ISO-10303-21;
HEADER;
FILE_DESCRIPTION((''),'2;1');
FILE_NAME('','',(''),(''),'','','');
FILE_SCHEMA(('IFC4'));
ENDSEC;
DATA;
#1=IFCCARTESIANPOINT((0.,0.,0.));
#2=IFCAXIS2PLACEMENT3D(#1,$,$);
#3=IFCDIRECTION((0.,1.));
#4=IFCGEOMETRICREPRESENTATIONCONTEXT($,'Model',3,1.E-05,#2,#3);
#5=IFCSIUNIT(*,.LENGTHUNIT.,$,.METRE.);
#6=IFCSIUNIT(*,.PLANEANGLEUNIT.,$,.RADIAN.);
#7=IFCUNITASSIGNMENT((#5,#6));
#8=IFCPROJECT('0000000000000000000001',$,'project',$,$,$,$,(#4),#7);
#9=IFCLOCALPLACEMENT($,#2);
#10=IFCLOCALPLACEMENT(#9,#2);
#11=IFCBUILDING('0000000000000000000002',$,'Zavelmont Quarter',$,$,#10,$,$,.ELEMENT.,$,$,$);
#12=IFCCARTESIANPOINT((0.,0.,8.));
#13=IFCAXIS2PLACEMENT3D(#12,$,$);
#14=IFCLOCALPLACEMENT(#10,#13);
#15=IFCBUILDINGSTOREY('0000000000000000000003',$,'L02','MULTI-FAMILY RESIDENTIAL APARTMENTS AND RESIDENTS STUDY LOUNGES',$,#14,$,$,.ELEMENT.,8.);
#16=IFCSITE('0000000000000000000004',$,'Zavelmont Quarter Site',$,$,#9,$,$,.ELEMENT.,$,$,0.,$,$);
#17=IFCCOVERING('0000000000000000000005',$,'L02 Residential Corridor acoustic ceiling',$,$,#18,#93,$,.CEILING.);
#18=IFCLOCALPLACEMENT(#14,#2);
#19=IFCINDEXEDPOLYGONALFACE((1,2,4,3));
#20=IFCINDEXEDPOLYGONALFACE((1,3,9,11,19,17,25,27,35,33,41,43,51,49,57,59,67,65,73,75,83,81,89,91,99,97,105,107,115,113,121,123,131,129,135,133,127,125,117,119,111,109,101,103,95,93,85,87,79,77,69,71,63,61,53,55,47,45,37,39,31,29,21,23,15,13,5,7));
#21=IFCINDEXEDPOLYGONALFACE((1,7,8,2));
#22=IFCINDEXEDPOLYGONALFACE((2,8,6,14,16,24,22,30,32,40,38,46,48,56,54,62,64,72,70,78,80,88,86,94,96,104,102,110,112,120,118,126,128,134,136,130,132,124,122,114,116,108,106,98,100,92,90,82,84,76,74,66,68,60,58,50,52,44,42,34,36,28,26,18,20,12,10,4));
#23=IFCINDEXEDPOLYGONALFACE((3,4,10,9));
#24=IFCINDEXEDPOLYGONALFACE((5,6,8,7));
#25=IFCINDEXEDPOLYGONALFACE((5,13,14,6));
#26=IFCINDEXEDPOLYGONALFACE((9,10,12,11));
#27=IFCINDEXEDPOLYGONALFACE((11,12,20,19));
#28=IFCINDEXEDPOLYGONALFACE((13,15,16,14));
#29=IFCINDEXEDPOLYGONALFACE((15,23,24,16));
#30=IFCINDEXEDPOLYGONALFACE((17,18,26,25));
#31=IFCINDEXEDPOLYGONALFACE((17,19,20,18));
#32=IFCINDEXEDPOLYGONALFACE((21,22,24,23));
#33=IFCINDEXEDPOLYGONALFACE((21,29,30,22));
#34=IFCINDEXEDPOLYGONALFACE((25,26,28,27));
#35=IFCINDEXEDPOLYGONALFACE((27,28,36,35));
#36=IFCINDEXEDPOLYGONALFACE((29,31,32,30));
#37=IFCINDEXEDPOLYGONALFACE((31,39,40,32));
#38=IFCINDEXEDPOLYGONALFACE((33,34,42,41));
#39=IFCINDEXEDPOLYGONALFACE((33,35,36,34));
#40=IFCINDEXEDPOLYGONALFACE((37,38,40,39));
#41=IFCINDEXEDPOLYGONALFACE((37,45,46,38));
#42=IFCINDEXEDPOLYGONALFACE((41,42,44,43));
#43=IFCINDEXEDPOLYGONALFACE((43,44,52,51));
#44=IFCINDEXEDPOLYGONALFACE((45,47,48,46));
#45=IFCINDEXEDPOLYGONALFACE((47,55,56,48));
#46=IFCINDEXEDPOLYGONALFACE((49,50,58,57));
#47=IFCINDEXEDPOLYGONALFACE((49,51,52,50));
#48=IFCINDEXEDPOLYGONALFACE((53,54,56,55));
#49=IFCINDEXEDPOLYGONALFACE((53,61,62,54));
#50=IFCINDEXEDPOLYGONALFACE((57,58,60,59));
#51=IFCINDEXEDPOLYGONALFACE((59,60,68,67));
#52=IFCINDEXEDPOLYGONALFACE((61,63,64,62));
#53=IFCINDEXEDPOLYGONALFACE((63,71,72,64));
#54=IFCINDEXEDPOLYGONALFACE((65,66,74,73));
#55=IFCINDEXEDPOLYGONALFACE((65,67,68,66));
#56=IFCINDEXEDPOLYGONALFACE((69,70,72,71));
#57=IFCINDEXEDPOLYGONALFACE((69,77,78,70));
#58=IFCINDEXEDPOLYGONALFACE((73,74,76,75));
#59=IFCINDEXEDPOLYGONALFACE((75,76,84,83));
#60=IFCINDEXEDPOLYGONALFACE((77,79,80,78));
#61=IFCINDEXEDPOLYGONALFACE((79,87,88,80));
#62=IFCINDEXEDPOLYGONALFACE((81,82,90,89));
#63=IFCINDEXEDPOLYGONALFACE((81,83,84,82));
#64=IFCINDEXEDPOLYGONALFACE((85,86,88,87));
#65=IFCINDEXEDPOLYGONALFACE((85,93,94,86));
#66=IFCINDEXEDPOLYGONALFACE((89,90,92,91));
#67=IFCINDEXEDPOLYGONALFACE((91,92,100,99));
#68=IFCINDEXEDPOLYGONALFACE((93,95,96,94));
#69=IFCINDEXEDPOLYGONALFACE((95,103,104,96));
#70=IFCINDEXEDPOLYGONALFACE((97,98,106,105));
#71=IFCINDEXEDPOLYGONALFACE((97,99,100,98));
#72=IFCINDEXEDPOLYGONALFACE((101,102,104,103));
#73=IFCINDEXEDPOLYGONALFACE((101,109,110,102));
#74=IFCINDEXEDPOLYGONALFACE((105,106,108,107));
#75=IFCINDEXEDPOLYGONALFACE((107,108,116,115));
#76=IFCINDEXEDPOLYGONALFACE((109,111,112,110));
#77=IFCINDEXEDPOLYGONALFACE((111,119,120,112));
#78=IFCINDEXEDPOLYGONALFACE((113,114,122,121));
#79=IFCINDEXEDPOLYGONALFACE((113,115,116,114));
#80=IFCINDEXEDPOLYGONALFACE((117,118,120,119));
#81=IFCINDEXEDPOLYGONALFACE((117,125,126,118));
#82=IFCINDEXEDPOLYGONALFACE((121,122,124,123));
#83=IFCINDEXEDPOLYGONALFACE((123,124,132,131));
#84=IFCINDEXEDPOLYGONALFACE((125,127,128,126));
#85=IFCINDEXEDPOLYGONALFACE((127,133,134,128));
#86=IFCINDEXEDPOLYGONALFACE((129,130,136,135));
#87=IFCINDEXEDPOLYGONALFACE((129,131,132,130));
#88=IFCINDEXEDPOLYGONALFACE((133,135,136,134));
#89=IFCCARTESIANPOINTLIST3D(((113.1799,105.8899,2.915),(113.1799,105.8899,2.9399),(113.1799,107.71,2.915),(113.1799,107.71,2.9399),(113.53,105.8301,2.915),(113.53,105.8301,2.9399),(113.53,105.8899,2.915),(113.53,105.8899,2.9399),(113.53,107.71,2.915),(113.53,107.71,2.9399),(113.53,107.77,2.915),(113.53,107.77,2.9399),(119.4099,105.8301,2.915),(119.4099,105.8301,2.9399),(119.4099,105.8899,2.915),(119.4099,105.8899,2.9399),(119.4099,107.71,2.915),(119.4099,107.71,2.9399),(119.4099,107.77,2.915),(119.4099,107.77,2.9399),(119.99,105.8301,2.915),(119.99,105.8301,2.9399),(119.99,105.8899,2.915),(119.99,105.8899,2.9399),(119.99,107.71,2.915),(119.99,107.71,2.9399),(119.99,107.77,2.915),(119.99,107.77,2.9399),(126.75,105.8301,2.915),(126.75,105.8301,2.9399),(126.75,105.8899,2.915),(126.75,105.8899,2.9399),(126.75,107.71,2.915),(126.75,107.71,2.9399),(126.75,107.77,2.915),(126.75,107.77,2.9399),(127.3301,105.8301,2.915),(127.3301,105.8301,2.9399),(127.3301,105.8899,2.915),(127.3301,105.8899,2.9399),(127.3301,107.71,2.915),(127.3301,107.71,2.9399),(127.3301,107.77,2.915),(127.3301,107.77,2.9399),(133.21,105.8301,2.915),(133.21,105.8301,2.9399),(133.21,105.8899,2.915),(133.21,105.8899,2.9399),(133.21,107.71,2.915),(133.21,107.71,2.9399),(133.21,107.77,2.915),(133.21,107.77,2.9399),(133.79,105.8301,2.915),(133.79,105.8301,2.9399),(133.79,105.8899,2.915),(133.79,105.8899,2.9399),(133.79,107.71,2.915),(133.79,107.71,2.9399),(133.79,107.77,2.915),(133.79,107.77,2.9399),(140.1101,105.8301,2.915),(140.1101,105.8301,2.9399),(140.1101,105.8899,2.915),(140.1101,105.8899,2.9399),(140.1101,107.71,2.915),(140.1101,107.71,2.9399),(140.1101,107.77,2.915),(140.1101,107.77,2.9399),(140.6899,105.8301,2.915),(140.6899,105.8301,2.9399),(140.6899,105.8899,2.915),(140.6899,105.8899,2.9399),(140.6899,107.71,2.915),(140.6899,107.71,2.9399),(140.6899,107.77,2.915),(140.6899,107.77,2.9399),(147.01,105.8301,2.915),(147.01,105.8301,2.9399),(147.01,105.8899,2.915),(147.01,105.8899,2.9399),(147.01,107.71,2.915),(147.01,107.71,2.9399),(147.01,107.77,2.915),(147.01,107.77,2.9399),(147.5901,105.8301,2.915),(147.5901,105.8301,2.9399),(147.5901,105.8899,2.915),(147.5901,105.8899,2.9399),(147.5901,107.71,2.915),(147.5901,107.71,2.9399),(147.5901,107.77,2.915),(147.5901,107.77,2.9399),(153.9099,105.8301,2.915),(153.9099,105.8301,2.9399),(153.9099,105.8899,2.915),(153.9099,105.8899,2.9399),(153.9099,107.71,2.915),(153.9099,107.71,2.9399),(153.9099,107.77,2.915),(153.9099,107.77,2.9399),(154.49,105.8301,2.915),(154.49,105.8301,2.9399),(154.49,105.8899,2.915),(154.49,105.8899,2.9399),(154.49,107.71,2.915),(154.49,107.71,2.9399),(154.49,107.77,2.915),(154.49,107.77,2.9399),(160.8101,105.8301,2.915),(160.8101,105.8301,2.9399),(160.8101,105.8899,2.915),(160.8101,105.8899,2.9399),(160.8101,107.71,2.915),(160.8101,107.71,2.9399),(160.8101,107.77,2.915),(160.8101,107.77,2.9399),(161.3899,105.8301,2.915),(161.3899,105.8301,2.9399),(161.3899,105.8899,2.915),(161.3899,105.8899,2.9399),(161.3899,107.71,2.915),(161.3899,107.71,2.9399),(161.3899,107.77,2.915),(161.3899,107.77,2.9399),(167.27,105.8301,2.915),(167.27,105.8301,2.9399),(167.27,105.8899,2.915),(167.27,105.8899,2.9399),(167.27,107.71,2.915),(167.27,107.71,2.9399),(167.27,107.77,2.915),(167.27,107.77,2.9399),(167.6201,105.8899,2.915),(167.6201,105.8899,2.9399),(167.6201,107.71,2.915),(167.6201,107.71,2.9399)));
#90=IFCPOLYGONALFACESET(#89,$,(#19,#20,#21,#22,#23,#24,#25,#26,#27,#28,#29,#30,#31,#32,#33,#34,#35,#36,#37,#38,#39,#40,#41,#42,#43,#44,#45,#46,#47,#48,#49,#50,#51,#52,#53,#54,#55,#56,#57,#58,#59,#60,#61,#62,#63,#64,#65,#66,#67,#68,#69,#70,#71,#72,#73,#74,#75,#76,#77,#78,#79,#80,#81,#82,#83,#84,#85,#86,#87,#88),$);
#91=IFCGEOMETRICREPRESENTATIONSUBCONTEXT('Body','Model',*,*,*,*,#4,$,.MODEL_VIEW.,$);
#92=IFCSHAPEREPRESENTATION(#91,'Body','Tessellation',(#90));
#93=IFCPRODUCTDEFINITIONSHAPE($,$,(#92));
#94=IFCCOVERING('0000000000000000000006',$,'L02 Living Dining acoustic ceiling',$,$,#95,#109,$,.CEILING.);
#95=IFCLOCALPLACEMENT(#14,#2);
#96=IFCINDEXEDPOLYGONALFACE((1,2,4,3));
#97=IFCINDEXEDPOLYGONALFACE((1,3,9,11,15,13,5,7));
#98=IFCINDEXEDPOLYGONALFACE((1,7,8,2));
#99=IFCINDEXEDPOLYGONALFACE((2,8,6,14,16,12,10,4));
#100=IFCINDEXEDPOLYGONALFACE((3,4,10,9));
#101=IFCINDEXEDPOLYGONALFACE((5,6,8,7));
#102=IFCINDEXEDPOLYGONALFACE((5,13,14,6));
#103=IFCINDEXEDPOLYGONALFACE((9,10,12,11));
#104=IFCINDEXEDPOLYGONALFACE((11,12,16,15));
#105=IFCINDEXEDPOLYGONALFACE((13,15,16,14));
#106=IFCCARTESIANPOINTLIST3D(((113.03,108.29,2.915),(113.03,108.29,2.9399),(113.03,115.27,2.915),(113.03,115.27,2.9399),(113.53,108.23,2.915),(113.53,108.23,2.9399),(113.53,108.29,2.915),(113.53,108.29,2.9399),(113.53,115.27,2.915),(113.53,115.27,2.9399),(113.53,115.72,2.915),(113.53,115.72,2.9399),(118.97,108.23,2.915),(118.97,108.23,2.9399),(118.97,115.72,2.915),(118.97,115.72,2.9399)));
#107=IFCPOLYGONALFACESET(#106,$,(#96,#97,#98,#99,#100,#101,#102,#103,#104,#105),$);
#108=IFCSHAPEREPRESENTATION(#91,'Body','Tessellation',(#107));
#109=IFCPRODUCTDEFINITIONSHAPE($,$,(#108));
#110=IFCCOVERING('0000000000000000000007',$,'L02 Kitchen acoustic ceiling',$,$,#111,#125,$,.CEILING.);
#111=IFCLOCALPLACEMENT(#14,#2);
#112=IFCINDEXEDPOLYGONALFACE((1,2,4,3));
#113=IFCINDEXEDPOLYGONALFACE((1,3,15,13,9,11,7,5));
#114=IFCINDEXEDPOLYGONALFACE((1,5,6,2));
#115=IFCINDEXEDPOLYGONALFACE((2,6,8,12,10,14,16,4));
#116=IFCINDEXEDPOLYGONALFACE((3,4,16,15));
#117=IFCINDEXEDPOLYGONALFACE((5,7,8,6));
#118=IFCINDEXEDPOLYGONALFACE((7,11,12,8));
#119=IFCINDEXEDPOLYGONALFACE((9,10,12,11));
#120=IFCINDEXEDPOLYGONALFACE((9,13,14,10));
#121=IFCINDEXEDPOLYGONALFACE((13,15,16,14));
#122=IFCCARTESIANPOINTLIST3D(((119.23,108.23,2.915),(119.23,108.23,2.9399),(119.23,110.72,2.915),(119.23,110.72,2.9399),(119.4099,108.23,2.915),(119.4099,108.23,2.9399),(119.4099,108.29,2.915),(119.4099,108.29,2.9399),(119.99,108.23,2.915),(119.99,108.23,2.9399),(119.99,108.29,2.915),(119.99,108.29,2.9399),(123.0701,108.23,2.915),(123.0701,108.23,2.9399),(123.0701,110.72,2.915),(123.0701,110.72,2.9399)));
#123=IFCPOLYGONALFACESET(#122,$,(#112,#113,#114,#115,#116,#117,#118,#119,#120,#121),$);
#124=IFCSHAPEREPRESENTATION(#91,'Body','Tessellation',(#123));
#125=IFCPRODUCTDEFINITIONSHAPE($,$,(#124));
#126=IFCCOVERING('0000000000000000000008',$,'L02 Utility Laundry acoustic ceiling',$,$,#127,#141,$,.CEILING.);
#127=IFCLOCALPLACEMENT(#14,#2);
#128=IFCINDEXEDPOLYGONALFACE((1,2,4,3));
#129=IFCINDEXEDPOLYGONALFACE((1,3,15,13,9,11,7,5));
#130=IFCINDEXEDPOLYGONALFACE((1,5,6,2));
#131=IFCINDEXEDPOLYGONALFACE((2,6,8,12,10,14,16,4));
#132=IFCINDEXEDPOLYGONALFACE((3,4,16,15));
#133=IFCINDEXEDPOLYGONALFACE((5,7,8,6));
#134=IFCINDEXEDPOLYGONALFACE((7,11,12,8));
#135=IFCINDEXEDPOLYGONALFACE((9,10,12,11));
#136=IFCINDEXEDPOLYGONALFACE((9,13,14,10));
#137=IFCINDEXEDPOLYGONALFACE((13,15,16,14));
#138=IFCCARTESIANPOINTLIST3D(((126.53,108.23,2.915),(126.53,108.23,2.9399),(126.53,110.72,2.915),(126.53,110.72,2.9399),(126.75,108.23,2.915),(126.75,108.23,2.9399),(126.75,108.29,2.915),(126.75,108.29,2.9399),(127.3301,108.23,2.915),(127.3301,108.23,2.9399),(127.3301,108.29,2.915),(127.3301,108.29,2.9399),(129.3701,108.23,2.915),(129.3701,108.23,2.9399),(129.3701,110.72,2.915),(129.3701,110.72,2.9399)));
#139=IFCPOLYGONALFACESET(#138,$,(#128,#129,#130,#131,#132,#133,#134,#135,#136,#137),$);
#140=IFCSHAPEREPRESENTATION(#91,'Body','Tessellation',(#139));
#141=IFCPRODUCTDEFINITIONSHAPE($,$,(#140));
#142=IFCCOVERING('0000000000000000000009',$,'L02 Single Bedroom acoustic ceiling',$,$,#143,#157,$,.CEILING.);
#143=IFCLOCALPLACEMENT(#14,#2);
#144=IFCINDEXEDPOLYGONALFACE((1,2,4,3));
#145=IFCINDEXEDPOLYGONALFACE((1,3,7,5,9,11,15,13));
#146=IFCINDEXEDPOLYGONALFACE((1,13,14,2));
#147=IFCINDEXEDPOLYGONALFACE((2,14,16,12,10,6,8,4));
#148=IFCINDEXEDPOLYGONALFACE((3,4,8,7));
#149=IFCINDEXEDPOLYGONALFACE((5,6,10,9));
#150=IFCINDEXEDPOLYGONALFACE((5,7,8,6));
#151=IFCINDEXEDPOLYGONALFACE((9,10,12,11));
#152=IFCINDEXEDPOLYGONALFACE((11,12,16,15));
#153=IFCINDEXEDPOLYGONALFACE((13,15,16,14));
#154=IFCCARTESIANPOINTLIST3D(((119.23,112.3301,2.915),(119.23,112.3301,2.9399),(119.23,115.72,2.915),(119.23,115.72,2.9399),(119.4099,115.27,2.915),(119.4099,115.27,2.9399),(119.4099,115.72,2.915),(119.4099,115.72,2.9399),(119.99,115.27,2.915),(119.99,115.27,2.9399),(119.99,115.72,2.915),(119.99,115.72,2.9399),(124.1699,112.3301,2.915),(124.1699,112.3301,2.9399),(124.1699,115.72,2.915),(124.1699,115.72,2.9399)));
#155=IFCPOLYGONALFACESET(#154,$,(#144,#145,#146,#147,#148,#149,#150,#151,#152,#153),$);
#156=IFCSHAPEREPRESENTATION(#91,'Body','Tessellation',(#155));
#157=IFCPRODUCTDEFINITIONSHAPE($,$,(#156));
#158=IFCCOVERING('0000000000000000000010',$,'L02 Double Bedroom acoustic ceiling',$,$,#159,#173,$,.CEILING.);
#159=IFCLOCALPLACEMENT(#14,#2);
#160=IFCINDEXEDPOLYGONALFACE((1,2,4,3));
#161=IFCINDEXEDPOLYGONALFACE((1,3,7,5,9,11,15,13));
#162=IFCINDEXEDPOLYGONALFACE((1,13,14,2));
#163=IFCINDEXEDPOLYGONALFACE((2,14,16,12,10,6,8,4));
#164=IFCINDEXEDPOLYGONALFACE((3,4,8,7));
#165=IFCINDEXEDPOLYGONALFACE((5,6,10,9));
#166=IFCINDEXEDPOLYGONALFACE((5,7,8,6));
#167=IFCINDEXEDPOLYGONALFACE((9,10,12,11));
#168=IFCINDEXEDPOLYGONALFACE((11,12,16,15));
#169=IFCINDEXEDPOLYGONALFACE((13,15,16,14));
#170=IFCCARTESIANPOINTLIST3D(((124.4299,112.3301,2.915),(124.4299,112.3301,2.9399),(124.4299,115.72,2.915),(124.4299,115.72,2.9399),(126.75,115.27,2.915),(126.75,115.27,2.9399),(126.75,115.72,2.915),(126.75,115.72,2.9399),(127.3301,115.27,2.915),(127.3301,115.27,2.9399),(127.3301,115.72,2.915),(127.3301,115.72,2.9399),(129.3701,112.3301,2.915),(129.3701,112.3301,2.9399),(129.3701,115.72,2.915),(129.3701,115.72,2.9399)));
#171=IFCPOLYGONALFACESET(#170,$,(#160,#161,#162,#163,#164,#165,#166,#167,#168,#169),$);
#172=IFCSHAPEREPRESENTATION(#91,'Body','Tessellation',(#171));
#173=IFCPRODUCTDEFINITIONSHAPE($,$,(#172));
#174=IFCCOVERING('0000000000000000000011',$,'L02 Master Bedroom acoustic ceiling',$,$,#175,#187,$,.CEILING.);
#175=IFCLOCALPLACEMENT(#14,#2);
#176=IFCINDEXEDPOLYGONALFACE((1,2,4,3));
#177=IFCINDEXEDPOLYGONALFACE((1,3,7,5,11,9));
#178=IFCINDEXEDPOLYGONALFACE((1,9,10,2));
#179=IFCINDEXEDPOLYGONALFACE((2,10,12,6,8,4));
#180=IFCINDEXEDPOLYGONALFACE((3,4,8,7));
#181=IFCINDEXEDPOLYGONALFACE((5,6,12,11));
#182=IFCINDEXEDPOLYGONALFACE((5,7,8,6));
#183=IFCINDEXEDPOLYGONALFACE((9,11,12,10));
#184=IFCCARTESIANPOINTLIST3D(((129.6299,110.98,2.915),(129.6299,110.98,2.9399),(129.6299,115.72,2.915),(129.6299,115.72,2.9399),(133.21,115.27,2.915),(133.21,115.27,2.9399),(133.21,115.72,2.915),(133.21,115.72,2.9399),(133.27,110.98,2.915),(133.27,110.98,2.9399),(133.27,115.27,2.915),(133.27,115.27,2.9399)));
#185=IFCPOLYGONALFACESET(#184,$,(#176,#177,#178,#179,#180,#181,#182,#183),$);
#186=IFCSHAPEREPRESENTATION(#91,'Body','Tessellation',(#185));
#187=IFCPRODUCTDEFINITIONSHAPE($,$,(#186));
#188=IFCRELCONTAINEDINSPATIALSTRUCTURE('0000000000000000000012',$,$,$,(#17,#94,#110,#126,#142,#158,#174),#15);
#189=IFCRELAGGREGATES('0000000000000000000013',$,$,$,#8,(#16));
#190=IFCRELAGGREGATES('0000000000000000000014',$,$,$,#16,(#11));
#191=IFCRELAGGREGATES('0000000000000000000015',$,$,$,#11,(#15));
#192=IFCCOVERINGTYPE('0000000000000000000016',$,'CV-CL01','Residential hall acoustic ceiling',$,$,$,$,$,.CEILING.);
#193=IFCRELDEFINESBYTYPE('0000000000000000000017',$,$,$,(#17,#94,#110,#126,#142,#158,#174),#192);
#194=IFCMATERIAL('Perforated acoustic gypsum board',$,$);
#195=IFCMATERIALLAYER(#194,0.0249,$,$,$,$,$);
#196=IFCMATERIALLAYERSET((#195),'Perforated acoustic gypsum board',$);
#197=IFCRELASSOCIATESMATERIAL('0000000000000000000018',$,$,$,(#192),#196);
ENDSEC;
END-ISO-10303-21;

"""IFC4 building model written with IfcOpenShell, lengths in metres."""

from ifc_helpers import new_model, si_unit, direction, frame, origin, place, context, subcontext, project, spatial, polyline, outline, extrude, material, layer, layer_set, type_object, element, save


model = new_model("IFC4")

# Units and contexts
model_context = context("Model", 3, precision=1e-05, world=origin(), true_north=direction((0.0, 1.0)))
body_context = subcontext(model_context, "Body", "Model", "MODEL_VIEW")
ifc_project = project(units=[si_unit("LENGTHUNIT", "METRE"), si_unit("PLANEANGLEUNIT", "RADIAN")], contexts=[model_context])

# Site, building, storey
site_placement = place(None, origin())
site = spatial("IfcSite", under=ifc_project, at=site_placement, Name="Zavelmont Quarter Site", CompositionType="ELEMENT", RefElevation=0.0)
building_placement = place(site_placement, origin())
building = spatial("IfcBuilding", under=site, at=building_placement, Name="Zavelmont Quarter", CompositionType="ELEMENT")
storey_placement = place(building_placement, frame((0.0, 0.0, 8.0)))
storey = spatial("IfcBuildingStorey", under=building, at=storey_placement, Name="L02", Description="MULTI-FAMILY RESIDENTIAL APARTMENTS AND RESIDENTS STUDY LOUNGES", CompositionType="ELEMENT", Elevation=8.0)

# Coverings
ifc_material_1 = material(Name="Perforated acoustic gypsum board")
ifc_layer_1 = layer(ifc_material_1, 0.0249)
ifc_layer_set_1 = layer_set([ifc_layer_1], Name="Perforated acoustic gypsum board")
covering_type_1 = type_object("IfcCoveringType", Name="CV-CL01", Description="Residential hall acoustic ceiling", PredefinedType="CEILING", material=ifc_layer_set_1)
covering_1_placement = place(storey_placement, frame((0.0, 0.0, 2.915)))
element("IfcCovering", 1, at=covering_1_placement, inside=storey, type_object=covering_type_1, Name="L02 Residential Corridor acoustic ceiling", PredefinedType="CEILING", context=body_context, shape_type="SweptSolid", body=[
    extrude(outline(polyline([(113.1799, 107.71), (113.53, 107.71), (113.53, 107.77), (119.4099, 107.77), (119.4099, 107.71), (119.99, 107.71), (119.99, 107.77), (126.75, 107.77), (126.75, 107.71), (127.3301, 107.71), (127.3301, 107.77), (133.21, 107.77), (133.21, 107.71), (133.79, 107.71), (133.79, 107.77), (140.1101, 107.77), (140.1101, 107.71), (140.6899, 107.71), (140.6899, 107.77), (147.01, 107.77), (147.01, 107.71), (147.5901, 107.71), (147.5901, 107.77), (153.9099, 107.77), (153.9099, 107.71), (154.49, 107.71), (154.49, 107.77), (160.8101, 107.77), (160.8101, 107.71), (161.3899, 107.71), (161.3899, 107.77), (167.27, 107.77), (167.27, 107.71), (167.6201, 107.71), (167.6201, 105.8899), (167.27, 105.8899), (167.27, 105.8301), (161.3899, 105.8301), (161.3899, 105.8899), (160.8101, 105.8899), (160.8101, 105.8301), (154.49, 105.8301), (154.49, 105.8899), (153.9099, 105.8899), (153.9099, 105.8301), (147.5901, 105.8301), (147.5901, 105.8899), (147.01, 105.8899), (147.01, 105.8301), (140.6899, 105.8301), (140.6899, 105.8899), (140.1101, 105.8899), (140.1101, 105.8301), (133.79, 105.8301), (133.79, 105.8899), (133.21, 105.8899), (133.21, 105.8301), (127.3301, 105.8301), (127.3301, 105.8899), (126.75, 105.8899), (126.75, 105.8301), (119.99, 105.8301), (119.99, 105.8899), (119.4099, 105.8899), (119.4099, 105.8301), (113.53, 105.8301), (113.53, 105.8899), (113.1799, 105.8899), (113.1799, 107.71)])), origin(), (0.0, 0.0, 1.0), 0.0249),
])
covering_2_placement = place(storey_placement, frame((0.0, 0.0, 2.915)))
element("IfcCovering", 2, at=covering_2_placement, inside=storey, type_object=covering_type_1, Name="L02 Living Dining acoustic ceiling", PredefinedType="CEILING", context=body_context, shape_type="SweptSolid", body=[
    extrude(outline(polyline([(113.03, 115.27), (113.53, 115.27), (113.53, 115.72), (118.97, 115.72), (118.97, 108.23), (113.53, 108.23), (113.53, 108.29), (113.03, 108.29), (113.03, 115.27)])), origin(), (0.0, 0.0, 1.0), 0.0249),
])
covering_3_placement = place(storey_placement, frame((0.0, 0.0, 2.915)))
element("IfcCovering", 3, at=covering_3_placement, inside=storey, type_object=covering_type_1, Name="L02 Kitchen acoustic ceiling", PredefinedType="CEILING", context=body_context, shape_type="SweptSolid", body=[
    extrude(outline(polyline([(119.23, 110.72), (123.0701, 110.72), (123.0701, 108.23), (119.99, 108.23), (119.99, 108.29), (119.4099, 108.29), (119.4099, 108.23), (119.23, 108.23), (119.23, 110.72)])), origin(), (0.0, 0.0, 1.0), 0.0249),
])
covering_4_placement = place(storey_placement, frame((0.0, 0.0, 2.915)))
element("IfcCovering", 4, at=covering_4_placement, inside=storey, type_object=covering_type_1, Name="L02 Utility Laundry acoustic ceiling", PredefinedType="CEILING", context=body_context, shape_type="SweptSolid", body=[
    extrude(outline(polyline([(126.53, 110.72), (129.3701, 110.72), (129.3701, 108.23), (127.3301, 108.23), (127.3301, 108.29), (126.75, 108.29), (126.75, 108.23), (126.53, 108.23), (126.53, 110.72)])), origin(), (0.0, 0.0, 1.0), 0.0249),
])
covering_5_placement = place(storey_placement, frame((0.0, 0.0, 2.915)))
element("IfcCovering", 5, at=covering_5_placement, inside=storey, type_object=covering_type_1, Name="L02 Single Bedroom acoustic ceiling", PredefinedType="CEILING", context=body_context, shape_type="SweptSolid", body=[
    extrude(outline(polyline([(119.23, 115.72), (119.4099, 115.72), (119.4099, 115.27), (119.99, 115.27), (119.99, 115.72), (124.1699, 115.72), (124.1699, 112.3301), (119.23, 112.3301), (119.23, 115.72)])), origin(), (0.0, 0.0, 1.0), 0.0249),
])
covering_6_placement = place(storey_placement, frame((0.0, 0.0, 2.915)))
element("IfcCovering", 6, at=covering_6_placement, inside=storey, type_object=covering_type_1, Name="L02 Double Bedroom acoustic ceiling", PredefinedType="CEILING", context=body_context, shape_type="SweptSolid", body=[
    extrude(outline(polyline([(124.4299, 115.72), (126.75, 115.72), (126.75, 115.27), (127.3301, 115.27), (127.3301, 115.72), (129.3701, 115.72), (129.3701, 112.3301), (124.4299, 112.3301), (124.4299, 115.72)])), origin(), (0.0, 0.0, 1.0), 0.0249),
])
covering_7_placement = place(storey_placement, frame((0.0, 0.0, 2.915)))
element("IfcCovering", 7, at=covering_7_placement, inside=storey, type_object=covering_type_1, Name="L02 Master Bedroom acoustic ceiling", PredefinedType="CEILING", context=body_context, shape_type="SweptSolid", body=[
    extrude(outline(polyline([(129.6299, 115.72), (133.21, 115.72), (133.21, 115.27), (133.27, 115.27), (133.27, 110.98), (129.6299, 110.98), (129.6299, 115.72)])), origin(), (0.0, 0.0, 1.0), 0.0249),
])

save(model, "model.ifc")
